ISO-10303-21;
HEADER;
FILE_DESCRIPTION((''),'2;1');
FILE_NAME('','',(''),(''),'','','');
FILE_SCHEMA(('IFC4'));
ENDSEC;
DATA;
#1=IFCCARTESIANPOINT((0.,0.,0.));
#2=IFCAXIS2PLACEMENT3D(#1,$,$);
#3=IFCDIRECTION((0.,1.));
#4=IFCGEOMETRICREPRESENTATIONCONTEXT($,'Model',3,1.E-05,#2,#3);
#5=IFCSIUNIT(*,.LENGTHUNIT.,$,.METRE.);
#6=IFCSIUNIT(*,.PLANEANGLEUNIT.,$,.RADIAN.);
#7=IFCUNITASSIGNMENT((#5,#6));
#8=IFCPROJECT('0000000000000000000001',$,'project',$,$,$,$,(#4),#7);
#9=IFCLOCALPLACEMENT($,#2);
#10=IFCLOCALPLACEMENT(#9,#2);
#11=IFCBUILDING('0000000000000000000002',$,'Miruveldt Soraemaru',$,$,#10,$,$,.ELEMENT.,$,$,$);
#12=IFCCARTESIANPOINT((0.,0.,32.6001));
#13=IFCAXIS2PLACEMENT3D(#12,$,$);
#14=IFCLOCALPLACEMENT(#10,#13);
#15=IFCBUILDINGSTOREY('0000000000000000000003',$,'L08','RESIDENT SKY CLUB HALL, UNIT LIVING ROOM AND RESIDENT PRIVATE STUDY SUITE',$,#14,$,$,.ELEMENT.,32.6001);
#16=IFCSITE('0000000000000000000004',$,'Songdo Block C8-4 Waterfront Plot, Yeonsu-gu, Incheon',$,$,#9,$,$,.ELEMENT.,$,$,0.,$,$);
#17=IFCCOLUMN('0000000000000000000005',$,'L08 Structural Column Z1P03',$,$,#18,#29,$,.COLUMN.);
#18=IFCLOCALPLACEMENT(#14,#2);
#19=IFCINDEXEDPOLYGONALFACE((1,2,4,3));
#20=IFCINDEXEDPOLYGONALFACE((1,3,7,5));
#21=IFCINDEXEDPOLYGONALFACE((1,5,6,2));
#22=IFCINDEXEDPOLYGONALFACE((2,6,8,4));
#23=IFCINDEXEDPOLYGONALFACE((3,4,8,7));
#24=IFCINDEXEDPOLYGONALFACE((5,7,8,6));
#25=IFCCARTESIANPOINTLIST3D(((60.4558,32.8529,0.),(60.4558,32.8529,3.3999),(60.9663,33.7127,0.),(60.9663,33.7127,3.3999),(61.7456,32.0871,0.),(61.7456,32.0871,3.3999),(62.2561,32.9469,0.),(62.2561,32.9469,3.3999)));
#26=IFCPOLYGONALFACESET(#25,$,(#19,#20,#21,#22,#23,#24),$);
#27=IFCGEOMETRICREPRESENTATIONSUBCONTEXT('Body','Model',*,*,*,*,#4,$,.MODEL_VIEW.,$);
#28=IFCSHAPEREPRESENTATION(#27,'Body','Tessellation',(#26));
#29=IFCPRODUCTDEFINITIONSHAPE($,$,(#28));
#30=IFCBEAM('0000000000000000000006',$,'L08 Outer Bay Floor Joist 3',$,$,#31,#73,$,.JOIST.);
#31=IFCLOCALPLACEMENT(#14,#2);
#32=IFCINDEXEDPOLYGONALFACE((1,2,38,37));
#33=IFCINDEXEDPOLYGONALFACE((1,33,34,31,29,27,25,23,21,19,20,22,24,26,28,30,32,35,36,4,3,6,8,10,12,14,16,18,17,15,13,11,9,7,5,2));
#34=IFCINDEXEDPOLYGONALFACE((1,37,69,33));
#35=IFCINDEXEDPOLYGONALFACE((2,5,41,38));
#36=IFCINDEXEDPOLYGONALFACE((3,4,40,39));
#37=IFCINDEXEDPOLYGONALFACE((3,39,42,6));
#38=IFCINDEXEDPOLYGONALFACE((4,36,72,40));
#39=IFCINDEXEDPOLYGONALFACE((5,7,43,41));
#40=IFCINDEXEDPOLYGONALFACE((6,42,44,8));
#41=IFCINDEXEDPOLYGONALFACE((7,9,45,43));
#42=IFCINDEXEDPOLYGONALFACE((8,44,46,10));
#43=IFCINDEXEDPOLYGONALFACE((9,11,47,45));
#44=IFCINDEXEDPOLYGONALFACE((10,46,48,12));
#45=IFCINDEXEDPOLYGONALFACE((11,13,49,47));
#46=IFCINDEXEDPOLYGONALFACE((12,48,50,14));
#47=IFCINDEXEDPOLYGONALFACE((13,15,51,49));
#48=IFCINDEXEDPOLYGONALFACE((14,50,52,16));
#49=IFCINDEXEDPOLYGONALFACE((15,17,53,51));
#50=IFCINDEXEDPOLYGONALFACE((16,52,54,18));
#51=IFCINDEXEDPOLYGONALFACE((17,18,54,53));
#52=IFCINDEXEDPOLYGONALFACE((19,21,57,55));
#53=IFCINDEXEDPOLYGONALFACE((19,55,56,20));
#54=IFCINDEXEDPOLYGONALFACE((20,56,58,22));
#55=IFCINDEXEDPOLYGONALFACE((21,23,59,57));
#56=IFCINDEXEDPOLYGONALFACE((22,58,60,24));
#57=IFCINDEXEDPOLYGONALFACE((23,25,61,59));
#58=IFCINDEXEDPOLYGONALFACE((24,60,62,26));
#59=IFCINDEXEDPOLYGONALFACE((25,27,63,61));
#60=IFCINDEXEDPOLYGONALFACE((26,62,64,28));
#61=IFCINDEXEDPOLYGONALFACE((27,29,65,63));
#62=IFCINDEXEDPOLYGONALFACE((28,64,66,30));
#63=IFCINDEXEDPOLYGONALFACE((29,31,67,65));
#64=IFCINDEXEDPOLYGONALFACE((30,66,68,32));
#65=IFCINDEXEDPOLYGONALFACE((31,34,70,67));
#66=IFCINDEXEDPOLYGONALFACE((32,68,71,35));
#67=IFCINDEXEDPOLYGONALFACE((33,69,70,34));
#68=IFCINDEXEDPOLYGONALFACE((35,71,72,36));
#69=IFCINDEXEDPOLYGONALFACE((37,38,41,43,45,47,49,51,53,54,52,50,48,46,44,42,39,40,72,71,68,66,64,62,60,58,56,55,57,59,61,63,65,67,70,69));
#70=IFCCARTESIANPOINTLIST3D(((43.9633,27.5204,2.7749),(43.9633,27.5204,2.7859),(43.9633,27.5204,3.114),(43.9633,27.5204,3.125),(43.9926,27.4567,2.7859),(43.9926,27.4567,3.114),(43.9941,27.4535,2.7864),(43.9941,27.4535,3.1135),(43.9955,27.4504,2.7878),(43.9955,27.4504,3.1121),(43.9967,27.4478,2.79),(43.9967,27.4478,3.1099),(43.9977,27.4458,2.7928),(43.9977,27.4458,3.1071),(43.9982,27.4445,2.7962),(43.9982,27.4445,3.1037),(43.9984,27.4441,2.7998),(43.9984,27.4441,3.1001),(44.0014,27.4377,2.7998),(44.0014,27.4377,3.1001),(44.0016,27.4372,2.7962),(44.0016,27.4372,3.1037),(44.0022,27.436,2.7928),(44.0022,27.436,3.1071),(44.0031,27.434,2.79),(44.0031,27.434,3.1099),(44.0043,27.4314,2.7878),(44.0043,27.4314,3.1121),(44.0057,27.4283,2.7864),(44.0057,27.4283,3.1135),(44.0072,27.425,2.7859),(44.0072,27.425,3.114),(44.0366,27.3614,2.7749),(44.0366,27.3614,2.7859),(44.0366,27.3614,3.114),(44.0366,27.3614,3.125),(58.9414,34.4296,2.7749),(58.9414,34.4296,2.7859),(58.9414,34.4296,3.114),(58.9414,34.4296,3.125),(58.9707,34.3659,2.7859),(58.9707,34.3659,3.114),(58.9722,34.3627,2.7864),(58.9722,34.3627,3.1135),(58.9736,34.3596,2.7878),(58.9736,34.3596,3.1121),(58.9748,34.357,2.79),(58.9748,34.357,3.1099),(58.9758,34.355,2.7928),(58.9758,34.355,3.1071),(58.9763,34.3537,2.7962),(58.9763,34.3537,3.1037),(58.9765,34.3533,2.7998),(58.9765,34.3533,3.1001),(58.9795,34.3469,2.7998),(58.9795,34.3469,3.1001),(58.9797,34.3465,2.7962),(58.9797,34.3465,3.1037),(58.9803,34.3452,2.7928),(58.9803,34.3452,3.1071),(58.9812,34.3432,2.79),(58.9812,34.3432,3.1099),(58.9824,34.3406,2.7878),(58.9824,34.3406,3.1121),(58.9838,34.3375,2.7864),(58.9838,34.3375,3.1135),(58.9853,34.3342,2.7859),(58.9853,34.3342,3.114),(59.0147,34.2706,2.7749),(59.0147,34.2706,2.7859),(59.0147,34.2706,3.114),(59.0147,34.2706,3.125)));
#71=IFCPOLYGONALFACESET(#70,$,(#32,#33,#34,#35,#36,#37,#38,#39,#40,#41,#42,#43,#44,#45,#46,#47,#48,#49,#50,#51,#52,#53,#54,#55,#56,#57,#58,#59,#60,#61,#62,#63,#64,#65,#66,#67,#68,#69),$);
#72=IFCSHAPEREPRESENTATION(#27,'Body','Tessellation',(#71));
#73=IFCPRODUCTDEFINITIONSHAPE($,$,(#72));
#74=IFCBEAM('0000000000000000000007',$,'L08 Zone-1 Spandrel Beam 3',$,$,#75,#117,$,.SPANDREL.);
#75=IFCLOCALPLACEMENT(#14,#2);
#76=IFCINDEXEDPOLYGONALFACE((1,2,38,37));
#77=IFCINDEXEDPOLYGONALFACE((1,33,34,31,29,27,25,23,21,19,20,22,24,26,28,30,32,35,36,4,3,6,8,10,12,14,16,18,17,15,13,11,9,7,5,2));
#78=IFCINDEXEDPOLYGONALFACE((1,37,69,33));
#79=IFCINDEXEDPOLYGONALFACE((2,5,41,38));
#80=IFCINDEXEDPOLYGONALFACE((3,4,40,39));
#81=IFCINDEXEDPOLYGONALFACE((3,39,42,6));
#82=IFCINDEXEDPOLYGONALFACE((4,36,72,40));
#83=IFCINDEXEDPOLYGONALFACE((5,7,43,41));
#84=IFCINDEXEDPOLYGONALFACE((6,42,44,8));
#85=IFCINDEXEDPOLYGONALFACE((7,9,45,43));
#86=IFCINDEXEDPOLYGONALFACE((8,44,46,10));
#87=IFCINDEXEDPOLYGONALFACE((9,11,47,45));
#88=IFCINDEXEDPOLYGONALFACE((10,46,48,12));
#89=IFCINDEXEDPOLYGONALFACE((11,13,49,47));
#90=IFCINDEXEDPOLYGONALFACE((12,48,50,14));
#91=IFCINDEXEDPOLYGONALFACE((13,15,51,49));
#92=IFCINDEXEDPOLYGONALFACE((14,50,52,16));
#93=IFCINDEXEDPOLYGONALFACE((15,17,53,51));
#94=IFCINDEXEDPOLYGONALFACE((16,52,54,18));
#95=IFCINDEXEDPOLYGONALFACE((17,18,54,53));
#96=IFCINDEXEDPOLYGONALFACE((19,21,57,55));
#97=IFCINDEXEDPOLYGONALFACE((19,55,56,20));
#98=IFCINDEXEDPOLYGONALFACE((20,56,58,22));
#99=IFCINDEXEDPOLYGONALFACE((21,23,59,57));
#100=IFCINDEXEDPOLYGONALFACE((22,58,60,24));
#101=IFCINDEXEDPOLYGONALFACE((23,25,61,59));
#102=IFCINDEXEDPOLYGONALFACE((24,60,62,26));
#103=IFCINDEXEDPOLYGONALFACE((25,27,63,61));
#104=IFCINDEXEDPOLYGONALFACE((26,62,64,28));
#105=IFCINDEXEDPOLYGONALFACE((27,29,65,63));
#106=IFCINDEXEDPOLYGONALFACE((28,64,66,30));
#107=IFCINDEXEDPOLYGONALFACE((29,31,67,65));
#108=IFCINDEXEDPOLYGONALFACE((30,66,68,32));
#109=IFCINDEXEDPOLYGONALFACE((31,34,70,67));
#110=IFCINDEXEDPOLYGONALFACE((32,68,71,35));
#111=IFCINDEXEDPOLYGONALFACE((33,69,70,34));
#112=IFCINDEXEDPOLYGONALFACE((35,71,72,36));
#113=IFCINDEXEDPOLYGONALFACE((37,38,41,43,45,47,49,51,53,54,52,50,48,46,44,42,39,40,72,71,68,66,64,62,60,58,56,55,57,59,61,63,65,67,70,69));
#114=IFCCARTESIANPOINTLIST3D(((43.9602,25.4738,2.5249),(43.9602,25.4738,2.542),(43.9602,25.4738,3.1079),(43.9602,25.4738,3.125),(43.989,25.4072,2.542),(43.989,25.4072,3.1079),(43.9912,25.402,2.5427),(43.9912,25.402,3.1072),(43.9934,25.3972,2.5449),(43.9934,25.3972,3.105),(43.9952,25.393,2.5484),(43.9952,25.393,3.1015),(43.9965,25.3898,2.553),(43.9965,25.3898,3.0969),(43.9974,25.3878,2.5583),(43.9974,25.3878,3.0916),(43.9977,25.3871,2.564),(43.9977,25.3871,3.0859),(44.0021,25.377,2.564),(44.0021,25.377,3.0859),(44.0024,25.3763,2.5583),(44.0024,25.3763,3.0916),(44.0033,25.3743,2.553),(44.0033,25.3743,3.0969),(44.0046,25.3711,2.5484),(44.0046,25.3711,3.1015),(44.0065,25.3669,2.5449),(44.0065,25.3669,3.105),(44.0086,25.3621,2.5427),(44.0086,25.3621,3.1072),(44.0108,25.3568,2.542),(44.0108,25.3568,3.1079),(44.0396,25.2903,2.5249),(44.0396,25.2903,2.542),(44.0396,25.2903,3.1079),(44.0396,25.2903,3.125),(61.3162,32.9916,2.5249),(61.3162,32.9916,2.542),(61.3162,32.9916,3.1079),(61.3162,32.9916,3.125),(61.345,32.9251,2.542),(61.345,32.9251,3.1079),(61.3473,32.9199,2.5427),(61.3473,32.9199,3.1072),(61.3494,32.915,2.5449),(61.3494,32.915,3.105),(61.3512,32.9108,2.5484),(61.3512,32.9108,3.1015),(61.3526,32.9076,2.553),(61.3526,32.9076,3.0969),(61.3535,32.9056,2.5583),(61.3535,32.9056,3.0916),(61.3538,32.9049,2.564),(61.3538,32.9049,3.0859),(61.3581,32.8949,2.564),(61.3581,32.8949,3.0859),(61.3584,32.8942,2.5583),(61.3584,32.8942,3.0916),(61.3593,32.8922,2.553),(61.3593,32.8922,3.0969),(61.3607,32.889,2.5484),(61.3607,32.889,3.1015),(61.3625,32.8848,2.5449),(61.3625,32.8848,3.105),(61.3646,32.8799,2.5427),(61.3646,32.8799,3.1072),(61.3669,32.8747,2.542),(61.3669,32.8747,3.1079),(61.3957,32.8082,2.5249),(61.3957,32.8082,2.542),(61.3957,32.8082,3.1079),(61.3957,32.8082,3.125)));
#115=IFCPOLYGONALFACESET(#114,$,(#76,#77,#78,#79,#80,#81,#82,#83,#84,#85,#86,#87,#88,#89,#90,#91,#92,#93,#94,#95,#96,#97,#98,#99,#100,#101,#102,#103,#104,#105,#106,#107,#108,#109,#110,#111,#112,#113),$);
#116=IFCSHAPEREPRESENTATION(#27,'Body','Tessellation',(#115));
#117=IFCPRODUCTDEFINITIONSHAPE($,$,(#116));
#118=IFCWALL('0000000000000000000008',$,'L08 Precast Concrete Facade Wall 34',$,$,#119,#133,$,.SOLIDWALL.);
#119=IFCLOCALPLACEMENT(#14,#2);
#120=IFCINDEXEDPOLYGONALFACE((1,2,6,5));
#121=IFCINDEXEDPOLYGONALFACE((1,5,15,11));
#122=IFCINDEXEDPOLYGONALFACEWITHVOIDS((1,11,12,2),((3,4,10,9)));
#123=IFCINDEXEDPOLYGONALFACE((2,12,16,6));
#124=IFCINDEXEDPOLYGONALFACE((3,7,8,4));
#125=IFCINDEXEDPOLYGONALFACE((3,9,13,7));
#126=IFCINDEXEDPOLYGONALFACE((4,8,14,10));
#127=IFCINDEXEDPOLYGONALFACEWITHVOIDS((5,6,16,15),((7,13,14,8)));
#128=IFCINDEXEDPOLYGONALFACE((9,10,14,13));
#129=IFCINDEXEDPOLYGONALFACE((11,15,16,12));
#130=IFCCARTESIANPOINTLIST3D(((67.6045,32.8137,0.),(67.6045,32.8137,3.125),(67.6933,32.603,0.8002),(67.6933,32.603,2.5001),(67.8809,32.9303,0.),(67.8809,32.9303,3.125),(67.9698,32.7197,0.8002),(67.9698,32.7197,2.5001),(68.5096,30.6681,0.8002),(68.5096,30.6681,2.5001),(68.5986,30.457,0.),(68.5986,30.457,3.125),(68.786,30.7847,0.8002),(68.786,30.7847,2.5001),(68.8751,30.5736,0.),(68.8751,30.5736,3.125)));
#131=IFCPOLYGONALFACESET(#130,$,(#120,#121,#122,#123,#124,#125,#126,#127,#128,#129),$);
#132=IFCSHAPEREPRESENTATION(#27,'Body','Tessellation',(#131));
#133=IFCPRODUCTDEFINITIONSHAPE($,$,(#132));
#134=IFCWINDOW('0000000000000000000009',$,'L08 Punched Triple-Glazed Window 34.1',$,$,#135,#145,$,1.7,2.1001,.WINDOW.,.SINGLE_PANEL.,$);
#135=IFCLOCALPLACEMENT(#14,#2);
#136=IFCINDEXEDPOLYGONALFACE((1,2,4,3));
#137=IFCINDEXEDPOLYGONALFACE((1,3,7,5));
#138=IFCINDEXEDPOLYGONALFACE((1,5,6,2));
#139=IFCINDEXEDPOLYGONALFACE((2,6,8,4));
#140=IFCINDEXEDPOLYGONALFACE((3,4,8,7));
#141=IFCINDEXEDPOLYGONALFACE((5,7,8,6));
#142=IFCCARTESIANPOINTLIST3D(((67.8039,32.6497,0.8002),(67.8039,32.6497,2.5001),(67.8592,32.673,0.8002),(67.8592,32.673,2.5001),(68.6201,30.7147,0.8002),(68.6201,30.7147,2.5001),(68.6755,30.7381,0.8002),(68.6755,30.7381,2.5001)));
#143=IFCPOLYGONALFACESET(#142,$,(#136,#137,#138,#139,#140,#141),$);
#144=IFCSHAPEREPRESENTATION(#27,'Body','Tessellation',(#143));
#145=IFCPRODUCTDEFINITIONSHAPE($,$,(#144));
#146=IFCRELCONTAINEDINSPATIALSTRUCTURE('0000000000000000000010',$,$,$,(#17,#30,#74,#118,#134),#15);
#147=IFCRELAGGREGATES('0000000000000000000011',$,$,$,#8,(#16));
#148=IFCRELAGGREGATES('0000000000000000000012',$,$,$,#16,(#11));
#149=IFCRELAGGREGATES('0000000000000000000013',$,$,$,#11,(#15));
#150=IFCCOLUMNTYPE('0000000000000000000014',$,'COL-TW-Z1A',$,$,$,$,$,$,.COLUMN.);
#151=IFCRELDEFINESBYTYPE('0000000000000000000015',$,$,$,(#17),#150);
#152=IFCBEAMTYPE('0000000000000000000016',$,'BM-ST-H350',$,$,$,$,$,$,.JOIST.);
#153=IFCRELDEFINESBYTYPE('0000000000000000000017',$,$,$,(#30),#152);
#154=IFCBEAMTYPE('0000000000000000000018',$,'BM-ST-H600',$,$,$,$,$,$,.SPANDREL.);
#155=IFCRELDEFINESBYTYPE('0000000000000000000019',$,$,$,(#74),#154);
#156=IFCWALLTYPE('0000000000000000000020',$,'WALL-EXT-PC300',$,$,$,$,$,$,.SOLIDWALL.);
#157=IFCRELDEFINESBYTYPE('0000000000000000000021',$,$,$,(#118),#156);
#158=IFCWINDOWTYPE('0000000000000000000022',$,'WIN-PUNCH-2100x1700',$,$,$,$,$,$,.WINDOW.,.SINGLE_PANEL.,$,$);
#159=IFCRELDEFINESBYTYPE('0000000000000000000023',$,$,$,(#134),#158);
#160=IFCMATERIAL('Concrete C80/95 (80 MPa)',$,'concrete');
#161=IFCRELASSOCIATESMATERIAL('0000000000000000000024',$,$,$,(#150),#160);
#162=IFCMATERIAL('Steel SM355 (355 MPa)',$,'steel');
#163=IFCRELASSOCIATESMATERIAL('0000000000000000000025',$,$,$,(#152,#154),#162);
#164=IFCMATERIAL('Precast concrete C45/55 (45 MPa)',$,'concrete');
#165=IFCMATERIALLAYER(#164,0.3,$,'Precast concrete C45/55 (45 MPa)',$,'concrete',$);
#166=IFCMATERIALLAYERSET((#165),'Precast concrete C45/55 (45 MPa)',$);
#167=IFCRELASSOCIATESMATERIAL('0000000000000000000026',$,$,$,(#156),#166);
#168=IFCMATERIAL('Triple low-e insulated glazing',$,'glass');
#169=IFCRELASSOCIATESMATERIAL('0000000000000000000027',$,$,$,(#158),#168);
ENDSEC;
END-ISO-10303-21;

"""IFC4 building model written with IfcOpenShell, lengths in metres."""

from ifc_helpers import new_model, si_unit, direction, frame, frame_2d, origin, origin_2d, place, context, subcontext, project, spatial, rectangle, i_section, extrude, material, layer, layer_set, material_profile, profile_set, type_object, element, fill, save


model = new_model("IFC4")

# Units and contexts
model_context = context("Model", 3, precision=1e-05, world=origin(), true_north=direction((0.0, 1.0)))
body_context = subcontext(model_context, "Body", "Model", "MODEL_VIEW")
ifc_project = project(units=[si_unit("LENGTHUNIT", "METRE"), si_unit("PLANEANGLEUNIT", "RADIAN")], contexts=[model_context])

# Site, building, storey
site_placement = place(None, origin())
site = spatial("IfcSite", under=ifc_project, at=site_placement, Name="Songdo Block C8-4 Waterfront Plot, Yeonsu-gu, Incheon", CompositionType="ELEMENT", RefElevation=0.0)
building_placement = place(site_placement, origin())
building = spatial("IfcBuilding", under=site, at=building_placement, Name="Miruveldt Soraemaru", CompositionType="ELEMENT")
storey_placement = place(building_placement, frame((0.0, 0.0, 32.6001)))
storey = spatial("IfcBuildingStorey", under=building, at=storey_placement, Name="L08", Description="RESIDENT SKY CLUB HALL, UNIT LIVING ROOM AND RESIDENT PRIVATE STUDY SUITE", CompositionType="ELEMENT", Elevation=32.6001)

# Column
ifc_material_1 = material(Name="Concrete C80/95 (80 MPa)", Category="concrete")
ifc_material_profile_1 = material_profile(ifc_material_1, rectangle(XDim=1.5, YDim=1.0, at=origin_2d()), Name="Concrete C80/95 (80 MPa)", Category="concrete")
ifc_profile_set_1 = profile_set([ifc_material_profile_1], Name="Concrete C80/95 (80 MPa)")
column_type = type_object("IfcColumnType", Name="COL-TW-Z1A", PredefinedType="COLUMN", material=ifc_profile_set_1)
column_placement = place(storey_placement, frame((61.356, 32.8999, 0.0), z_axis=(0.0, 0.0, 1.0), x_axis=(-0.859852, 0.510543, 0.0)))
element("IfcColumn", 1, at=column_placement, inside=storey, type_object=column_type, Name="L08 Structural Column Z1P03", PredefinedType="COLUMN", context=body_context, shape_type="SweptSolid", body=[
    extrude(rectangle(XDim=1.5, YDim=1.0, at=origin_2d()), origin(), (0.0, 0.0, 1.0), 3.3999),
])

# Beams
ifc_material_2 = material(Name="Steel SM355 (355 MPa)", Category="steel")
ifc_material_profile_2 = material_profile(ifc_material_2, i_section(OverallWidth=0.175, OverallDepth=0.3501, WebThickness=0.0071, FlangeThickness=0.011, FilletRadius=0.0139, at=origin_2d()), Name="Steel SM355 (355 MPa)", Category="steel")
ifc_profile_set_2 = profile_set([ifc_material_profile_2], Name="Steel SM355 (355 MPa)")
beam_type_1 = type_object("IfcBeamType", Name="BM-ST-H350", PredefinedType="JOIST", material=ifc_profile_set_2)
beam_1_placement = place(storey_placement, frame((58.978, 34.3501, 2.95), z_axis=(-0.908046, -0.41887, 0.0), x_axis=(0.41887, -0.908046, 0.0)))
element("IfcBeam", 2, at=beam_1_placement, inside=storey, type_object=beam_type_1, Name="L08 Outer Bay Floor Joist 3", PredefinedType="JOIST", context=body_context, shape_type="SweptSolid", body=[
    extrude(i_section(OverallWidth=0.175, OverallDepth=0.3501, WebThickness=0.0071, FlangeThickness=0.011, FilletRadius=0.0139, at=origin_2d()), origin(), (0.0, 0.0, 1.0), 16.4949),
])
ifc_material_profile_3 = material_profile(ifc_material_2, i_section(OverallWidth=0.2, OverallDepth=0.6001, WebThickness=0.011, FlangeThickness=0.0171, FilletRadius=0.022, at=origin_2d()), Name="Steel SM355 (355 MPa)", Category="steel")
ifc_profile_set_3 = profile_set([ifc_material_profile_3], Name="Steel SM355 (355 MPa)")
beam_type_2 = type_object("IfcBeamType", Name="BM-ST-H600", PredefinedType="SPANDREL", material=ifc_profile_set_3)
beam_2_placement = place(storey_placement, frame((61.356, 32.8999, 2.825), z_axis=(-0.917615, -0.39747, 0.0), x_axis=(0.39747, -0.917615, 0.0)))
element("IfcBeam", 3, at=beam_2_placement, inside=storey, type_object=beam_type_2, Name="L08 Zone-1 Spandrel Beam 3", PredefinedType="SPANDREL", context=body_context, shape_type="SweptSolid", body=[
    extrude(i_section(OverallWidth=0.2, OverallDepth=0.6001, WebThickness=0.011, FlangeThickness=0.0171, FilletRadius=0.022, at=origin_2d()), origin(), (0.0, 0.0, 1.0), 18.9143),
])

# Wall, opening, window
ifc_material_3 = material(Name="Precast concrete C45/55 (45 MPa)", Category="concrete")
ifc_layer_1 = layer(ifc_material_3, 0.3, Name="Precast concrete C45/55 (45 MPa)", Category="concrete")
ifc_layer_set_1 = layer_set([ifc_layer_1], Name="Precast concrete C45/55 (45 MPa)")
wall_type_1 = type_object("IfcWallType", Name="WALL-EXT-PC300", PredefinedType="SOLIDWALL", material=ifc_layer_set_1)
wall_1_placement = place(storey_placement, frame((68.7368, 30.5154, 0.0), z_axis=(0.0, 0.0, 1.0), x_axis=(-0.388671, 0.921376, 0.0)))
wall_1 = element("IfcWall", 4, at=wall_1_placement, inside=storey, type_object=wall_type_1, Name="L08 Precast Concrete Facade Wall 34", PredefinedType="SOLIDWALL", context=body_context, shape_type="SweptSolid", body=[
    extrude(rectangle(XDim=2.5579, YDim=0.3, at=frame_2d((1.2788, 0.0))), origin(), (0.0, 0.0, 1.0), 3.125),
])
opening_1_placement = place(wall_1_placement, frame((0.229, 0.0, 0.8)))
opening_1 = element("IfcOpeningElement", 5, at=opening_1_placement, cuts=wall_1, PredefinedType="OPENING", context=body_context, shape_type="SweptSolid", body=[
    extrude(rectangle(XDim=2.1001, YDim=1.7, at=frame_2d((1.05, 0.8501))), frame((0.0, 0.1602, 0.0), z_axis=(0.0, -1.0, 0.0), x_axis=(1.0, 0.0, 0.0)), (0.0, 0.0, 1.0), 0.3201),
])
ifc_material_4 = material(Name="Triple low-e insulated glazing", Category="glass")
window_type_1 = type_object("IfcWindowType", Name="WIN-PUNCH-2100x1700", PartitioningType="SINGLE_PANEL", PredefinedType="WINDOW", material=ifc_material_4)
window_1_placement = place(opening_1_placement, origin())
window_1 = element("IfcWindow", 6, at=window_1_placement, inside=storey, type_object=window_type_1, Name="L08 Punched Triple-Glazed Window 34.1", OverallHeight=1.7, OverallWidth=2.1001, PartitioningType="SINGLE_PANEL", PredefinedType="WINDOW", context=body_context, shape_type="SweptSolid", body=[
    extrude(rectangle(XDim=2.1001, YDim=1.7, at=frame_2d((1.05, 0.8501))), frame((0.0, 0.03, 0.0), z_axis=(0.0, -1.0, 0.0), x_axis=(1.0, 0.0, 0.0)), (0.0, 0.0, 1.0), 0.0601),
])
fill(opening_1, window_1)

save(model, "model.ifc")
